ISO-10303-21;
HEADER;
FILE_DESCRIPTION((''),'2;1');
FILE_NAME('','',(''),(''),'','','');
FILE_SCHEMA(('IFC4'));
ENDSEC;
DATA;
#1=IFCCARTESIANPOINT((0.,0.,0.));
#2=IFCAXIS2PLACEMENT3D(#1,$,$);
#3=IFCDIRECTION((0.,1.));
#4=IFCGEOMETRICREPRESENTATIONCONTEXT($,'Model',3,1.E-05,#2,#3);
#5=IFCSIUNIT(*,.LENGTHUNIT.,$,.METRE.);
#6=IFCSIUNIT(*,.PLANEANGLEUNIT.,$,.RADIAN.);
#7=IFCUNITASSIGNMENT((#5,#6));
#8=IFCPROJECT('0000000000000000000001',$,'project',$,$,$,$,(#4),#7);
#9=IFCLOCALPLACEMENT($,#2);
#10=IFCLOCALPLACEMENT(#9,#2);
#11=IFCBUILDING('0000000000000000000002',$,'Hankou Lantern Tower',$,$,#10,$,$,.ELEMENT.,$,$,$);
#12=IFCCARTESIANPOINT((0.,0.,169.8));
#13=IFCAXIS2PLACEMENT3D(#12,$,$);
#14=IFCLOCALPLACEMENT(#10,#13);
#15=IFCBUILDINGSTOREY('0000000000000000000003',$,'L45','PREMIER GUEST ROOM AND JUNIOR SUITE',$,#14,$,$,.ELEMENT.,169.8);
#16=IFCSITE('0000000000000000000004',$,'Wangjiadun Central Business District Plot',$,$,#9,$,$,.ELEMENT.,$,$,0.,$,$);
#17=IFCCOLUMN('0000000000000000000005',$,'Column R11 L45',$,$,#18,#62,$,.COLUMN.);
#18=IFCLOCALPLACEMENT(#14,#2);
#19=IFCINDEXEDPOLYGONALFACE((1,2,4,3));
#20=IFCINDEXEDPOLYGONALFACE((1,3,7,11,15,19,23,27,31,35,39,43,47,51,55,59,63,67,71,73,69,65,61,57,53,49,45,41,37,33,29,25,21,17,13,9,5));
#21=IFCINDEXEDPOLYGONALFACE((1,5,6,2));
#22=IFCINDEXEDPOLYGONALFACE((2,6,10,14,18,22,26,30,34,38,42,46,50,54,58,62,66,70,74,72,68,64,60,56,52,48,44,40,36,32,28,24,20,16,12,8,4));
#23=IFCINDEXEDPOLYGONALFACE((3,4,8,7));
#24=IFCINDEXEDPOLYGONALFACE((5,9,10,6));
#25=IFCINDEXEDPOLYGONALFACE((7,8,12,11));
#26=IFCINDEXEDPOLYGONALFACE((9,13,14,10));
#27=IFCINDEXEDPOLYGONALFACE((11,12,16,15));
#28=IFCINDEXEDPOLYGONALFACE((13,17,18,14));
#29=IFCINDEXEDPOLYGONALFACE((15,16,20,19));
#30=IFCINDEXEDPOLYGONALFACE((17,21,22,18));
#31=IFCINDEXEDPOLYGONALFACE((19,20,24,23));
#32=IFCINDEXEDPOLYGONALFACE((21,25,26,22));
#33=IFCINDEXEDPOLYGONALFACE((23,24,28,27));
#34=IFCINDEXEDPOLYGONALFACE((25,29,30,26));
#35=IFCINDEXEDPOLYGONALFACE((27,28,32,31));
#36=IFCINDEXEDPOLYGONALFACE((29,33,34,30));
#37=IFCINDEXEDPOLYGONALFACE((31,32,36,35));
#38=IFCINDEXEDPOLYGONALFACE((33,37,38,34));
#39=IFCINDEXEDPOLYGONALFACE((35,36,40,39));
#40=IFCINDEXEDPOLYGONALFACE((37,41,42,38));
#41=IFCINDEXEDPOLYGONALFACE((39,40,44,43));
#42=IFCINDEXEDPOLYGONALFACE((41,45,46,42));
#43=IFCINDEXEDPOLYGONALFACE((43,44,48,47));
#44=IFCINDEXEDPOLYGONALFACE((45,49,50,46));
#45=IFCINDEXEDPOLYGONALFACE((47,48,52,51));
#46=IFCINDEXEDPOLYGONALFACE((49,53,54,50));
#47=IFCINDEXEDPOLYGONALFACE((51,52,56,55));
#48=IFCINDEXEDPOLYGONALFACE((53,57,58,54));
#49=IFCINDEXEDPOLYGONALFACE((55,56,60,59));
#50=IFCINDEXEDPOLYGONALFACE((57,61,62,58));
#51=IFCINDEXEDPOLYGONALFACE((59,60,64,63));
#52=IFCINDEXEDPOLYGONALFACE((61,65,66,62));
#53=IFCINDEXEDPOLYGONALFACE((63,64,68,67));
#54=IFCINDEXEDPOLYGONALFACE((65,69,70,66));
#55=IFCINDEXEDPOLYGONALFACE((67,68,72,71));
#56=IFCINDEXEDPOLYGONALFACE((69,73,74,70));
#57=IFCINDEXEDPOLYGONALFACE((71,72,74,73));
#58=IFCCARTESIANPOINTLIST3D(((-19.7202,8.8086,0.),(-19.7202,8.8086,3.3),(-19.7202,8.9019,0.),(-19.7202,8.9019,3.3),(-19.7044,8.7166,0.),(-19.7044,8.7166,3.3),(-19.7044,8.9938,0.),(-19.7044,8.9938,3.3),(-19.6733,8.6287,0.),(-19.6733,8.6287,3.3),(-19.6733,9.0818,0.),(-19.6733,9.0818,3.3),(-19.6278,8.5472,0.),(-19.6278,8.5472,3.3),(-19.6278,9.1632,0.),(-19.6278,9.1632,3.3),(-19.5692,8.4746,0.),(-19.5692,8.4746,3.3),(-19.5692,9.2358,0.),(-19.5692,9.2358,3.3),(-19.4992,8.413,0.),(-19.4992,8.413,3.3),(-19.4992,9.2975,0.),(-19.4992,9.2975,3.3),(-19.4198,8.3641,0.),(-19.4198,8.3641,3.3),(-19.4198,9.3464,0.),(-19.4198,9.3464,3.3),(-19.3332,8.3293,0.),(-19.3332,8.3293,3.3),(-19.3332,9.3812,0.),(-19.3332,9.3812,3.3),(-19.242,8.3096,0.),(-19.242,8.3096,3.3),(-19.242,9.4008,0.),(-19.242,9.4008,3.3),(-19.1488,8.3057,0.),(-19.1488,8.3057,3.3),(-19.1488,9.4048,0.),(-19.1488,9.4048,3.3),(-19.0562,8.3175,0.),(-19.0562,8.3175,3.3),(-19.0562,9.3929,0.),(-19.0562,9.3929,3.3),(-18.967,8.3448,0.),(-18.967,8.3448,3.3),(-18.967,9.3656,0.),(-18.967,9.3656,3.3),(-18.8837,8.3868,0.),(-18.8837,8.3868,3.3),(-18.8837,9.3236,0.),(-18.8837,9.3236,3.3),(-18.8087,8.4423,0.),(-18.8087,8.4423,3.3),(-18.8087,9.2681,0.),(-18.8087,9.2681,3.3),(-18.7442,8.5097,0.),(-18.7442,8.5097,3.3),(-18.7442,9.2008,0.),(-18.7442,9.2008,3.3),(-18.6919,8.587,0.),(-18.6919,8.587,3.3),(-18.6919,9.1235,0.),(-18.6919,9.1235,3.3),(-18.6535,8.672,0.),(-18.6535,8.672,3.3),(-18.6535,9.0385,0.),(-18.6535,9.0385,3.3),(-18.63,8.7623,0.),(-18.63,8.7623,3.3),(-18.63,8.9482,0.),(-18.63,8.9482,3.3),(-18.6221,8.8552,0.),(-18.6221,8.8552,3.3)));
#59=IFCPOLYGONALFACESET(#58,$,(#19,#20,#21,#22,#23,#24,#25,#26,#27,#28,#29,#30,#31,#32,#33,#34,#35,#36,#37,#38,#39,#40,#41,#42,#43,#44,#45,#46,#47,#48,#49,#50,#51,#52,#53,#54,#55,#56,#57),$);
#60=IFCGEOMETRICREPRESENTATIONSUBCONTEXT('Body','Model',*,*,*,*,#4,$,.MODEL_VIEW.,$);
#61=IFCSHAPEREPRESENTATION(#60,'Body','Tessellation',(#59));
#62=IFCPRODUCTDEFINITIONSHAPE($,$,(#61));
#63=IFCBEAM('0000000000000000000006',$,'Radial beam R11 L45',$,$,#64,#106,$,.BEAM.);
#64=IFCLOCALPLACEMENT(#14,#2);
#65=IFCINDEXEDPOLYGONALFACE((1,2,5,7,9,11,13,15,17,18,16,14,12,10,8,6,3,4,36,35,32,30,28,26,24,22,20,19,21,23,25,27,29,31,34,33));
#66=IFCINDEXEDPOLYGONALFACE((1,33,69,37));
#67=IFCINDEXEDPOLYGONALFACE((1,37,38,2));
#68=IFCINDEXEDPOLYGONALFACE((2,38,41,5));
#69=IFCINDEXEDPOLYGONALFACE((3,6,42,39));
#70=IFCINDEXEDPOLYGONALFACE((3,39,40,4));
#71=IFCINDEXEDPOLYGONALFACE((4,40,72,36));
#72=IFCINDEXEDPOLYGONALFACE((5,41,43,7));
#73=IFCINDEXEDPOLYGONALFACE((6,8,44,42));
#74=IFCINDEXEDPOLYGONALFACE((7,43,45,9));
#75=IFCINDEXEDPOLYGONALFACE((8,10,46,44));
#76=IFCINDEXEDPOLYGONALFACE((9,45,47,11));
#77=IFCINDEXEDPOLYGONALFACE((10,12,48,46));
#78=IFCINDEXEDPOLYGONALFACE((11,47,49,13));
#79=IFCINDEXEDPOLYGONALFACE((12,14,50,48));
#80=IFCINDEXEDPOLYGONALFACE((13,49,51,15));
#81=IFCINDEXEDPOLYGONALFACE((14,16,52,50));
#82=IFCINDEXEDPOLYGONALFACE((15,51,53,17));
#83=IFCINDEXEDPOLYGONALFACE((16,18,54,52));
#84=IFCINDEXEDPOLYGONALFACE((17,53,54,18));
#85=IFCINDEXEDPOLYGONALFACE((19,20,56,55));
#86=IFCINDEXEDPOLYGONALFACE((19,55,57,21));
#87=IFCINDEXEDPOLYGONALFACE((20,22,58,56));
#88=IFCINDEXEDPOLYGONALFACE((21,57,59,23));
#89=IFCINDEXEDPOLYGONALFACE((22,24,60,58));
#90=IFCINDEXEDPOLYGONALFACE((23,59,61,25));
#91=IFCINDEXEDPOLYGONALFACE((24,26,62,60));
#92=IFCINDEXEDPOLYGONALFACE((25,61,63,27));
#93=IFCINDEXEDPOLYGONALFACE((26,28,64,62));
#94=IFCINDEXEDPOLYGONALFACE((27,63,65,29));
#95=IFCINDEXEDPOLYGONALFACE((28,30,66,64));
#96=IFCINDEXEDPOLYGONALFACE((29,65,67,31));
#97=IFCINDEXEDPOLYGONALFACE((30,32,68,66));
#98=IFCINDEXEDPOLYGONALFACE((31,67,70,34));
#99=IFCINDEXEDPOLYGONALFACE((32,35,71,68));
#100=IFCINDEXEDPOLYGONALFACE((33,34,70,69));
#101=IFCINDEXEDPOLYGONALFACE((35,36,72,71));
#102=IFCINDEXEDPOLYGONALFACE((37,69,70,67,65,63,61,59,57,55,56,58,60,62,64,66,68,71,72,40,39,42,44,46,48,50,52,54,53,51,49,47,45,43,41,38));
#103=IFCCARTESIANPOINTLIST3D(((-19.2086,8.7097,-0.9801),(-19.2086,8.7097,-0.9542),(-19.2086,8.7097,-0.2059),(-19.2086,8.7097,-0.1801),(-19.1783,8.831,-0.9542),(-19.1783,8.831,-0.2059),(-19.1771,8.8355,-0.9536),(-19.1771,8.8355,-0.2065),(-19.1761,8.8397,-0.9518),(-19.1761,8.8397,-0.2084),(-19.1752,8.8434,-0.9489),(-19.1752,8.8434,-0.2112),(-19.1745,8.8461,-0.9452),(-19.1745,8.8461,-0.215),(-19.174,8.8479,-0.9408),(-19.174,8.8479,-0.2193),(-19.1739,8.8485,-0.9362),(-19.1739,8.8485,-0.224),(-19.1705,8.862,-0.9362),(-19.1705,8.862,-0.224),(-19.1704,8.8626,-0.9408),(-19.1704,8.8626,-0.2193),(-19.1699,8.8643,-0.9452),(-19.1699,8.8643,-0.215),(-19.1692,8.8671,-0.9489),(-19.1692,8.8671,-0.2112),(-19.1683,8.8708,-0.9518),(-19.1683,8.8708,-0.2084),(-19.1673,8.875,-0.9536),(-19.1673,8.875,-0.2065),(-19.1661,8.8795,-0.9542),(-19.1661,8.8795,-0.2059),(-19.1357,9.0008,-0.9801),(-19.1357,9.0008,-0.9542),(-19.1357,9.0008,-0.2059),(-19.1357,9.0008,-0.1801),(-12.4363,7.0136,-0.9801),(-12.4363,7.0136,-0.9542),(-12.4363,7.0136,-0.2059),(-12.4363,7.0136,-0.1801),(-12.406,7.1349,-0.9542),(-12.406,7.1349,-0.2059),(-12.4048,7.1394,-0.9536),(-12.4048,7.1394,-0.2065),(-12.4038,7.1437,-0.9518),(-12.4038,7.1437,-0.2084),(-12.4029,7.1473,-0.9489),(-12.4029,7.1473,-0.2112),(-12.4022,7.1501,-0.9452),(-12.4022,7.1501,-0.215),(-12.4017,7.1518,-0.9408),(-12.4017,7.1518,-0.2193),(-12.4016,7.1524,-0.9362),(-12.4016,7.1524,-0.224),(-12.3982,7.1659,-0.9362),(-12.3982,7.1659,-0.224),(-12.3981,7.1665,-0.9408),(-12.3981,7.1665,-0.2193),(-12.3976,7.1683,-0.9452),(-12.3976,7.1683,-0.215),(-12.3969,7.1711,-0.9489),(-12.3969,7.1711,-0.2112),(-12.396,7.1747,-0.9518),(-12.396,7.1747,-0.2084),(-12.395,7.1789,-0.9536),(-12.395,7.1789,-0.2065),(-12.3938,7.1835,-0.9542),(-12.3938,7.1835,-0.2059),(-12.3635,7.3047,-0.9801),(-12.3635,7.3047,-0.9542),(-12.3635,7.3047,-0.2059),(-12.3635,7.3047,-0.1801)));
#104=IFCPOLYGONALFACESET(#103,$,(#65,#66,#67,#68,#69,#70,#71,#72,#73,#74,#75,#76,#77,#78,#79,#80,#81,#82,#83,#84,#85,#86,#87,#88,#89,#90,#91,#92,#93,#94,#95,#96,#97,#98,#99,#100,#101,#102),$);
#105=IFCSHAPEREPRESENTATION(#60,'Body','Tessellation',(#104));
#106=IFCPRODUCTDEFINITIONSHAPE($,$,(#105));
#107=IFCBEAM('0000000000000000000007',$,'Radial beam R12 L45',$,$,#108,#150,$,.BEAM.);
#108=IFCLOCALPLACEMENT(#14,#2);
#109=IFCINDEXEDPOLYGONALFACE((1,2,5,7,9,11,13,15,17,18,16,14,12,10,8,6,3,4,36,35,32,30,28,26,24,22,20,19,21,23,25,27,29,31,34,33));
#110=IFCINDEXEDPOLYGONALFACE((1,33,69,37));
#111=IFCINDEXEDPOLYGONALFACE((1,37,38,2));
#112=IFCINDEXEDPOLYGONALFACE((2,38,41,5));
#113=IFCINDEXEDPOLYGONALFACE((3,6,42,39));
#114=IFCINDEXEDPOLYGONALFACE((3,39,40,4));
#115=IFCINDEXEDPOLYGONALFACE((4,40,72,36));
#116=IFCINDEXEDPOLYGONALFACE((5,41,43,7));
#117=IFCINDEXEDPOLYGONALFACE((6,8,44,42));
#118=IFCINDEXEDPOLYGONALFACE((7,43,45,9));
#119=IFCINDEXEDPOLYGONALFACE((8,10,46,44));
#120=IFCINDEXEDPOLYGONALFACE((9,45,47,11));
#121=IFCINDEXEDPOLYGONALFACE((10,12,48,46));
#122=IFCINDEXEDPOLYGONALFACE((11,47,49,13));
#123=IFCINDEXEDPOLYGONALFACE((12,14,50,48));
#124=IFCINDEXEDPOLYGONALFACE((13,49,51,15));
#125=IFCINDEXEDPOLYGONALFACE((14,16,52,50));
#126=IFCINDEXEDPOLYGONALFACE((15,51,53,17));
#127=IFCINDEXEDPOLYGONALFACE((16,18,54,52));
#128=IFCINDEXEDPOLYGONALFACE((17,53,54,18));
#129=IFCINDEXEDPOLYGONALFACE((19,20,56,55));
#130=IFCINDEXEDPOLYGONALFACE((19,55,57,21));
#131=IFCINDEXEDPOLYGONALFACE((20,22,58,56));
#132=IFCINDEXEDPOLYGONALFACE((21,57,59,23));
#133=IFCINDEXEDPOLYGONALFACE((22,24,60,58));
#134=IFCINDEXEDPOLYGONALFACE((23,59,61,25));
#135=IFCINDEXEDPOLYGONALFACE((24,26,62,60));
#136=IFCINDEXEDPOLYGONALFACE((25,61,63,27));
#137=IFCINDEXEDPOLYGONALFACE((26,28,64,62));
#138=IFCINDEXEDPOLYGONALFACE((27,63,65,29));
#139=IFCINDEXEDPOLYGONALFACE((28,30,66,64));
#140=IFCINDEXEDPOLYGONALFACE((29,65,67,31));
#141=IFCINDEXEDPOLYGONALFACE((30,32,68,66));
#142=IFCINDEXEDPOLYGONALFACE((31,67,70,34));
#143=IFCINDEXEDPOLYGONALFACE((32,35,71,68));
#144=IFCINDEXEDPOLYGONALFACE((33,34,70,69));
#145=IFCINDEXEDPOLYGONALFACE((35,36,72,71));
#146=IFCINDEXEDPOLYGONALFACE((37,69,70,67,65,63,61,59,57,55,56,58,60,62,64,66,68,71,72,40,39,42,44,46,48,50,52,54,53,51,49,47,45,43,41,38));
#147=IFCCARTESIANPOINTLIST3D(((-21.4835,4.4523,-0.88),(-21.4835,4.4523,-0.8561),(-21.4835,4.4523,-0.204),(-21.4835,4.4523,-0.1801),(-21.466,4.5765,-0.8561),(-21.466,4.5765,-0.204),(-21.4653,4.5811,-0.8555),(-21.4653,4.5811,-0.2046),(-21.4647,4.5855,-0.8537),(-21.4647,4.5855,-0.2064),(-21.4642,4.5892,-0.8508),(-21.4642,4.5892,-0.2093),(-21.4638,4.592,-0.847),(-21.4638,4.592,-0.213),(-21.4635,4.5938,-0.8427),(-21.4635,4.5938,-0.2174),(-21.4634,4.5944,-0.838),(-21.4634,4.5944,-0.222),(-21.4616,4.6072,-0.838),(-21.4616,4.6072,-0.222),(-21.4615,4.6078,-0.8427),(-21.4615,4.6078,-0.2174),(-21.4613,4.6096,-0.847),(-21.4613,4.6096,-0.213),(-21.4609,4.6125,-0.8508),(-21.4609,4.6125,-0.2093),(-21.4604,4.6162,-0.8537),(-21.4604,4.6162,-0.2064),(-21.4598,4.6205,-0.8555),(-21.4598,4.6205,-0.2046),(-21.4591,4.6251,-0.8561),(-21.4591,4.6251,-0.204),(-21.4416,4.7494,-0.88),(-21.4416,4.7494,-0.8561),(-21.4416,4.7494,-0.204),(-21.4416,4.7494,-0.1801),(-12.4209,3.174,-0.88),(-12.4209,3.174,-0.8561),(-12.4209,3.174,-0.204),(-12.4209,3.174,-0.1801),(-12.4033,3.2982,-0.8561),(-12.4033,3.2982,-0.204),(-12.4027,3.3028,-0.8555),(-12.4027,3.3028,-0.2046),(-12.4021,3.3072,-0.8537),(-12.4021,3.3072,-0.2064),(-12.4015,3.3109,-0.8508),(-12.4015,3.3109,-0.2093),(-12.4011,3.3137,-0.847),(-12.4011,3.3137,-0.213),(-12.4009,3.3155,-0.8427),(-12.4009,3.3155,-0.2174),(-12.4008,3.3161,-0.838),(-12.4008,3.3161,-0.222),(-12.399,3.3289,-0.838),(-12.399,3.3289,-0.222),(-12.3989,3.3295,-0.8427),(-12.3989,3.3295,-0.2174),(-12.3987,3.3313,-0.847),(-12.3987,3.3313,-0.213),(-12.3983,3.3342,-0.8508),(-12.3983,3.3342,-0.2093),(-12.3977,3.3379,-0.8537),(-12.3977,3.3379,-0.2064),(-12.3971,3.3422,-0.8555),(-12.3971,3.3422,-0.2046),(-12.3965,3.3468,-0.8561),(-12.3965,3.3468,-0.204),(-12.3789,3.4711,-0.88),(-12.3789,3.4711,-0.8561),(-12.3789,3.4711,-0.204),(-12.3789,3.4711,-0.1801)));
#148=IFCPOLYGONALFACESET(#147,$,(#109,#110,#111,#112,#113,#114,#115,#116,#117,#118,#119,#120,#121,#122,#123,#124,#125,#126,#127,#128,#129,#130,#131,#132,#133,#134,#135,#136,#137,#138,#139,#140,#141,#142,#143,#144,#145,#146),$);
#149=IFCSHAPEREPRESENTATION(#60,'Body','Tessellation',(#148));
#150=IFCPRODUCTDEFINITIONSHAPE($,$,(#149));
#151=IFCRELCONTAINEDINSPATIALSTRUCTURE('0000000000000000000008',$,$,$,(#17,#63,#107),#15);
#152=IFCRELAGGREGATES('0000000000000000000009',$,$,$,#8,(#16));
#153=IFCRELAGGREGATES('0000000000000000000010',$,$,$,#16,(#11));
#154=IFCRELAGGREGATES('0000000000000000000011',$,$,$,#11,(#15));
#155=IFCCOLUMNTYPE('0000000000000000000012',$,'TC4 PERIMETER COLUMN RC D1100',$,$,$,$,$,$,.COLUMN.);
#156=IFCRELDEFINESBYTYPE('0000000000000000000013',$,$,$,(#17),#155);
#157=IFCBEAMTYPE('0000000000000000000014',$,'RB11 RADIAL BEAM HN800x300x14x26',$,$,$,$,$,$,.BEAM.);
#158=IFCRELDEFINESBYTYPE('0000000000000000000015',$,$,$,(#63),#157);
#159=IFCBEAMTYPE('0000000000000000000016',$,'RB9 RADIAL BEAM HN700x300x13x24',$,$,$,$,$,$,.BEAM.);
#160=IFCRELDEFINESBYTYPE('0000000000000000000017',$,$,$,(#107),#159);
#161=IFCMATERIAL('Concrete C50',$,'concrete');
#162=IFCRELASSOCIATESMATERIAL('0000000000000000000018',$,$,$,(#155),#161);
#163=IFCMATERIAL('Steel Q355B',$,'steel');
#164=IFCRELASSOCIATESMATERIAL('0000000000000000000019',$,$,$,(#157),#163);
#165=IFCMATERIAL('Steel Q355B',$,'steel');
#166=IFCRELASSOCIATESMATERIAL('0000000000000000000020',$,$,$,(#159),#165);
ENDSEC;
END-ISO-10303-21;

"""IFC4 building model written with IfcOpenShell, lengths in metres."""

from ifc_helpers import new_model, si_unit, direction, frame, origin, origin_2d, place, context, subcontext, project, spatial, circle, i_section, extrude, material, material_profile, profile_set, type_object, element, save


model = new_model("IFC4")

# Units and contexts
model_context = context("Model", 3, precision=1e-05, world=origin(), true_north=direction((0.0, 1.0)))
body_context = subcontext(model_context, "Body", "Model", "MODEL_VIEW")
ifc_project = project(units=[si_unit("LENGTHUNIT", "METRE"), si_unit("PLANEANGLEUNIT", "RADIAN")], contexts=[model_context])

# Site, building, storey
site_placement = place(None, origin())
site = spatial("IfcSite", under=ifc_project, at=site_placement, Name="Wangjiadun Central Business District Plot", CompositionType="ELEMENT", RefElevation=0.0)
building_placement = place(site_placement, origin())
building = spatial("IfcBuilding", under=site, at=building_placement, Name="Hankou Lantern Tower", CompositionType="ELEMENT")
storey_placement = place(building_placement, frame((0.0, 0.0, 169.8)))
storey = spatial("IfcBuildingStorey", under=building, at=storey_placement, Name="L45", Description="PREMIER GUEST ROOM AND JUNIOR SUITE", CompositionType="ELEMENT", Elevation=169.8)

# Column
ifc_material_1 = material(Name="Concrete C50", Category="concrete")
ifc_material_profile_1 = material_profile(ifc_material_1, circle(Radius=0.55, at=origin_2d()), Name="RC D1100")
ifc_profile_set_1 = profile_set([ifc_material_profile_1], Name="Concrete C50")
column_type = type_object("IfcColumnType", Name="TC4 PERIMETER COLUMN RC D1100", PredefinedType="COLUMN", material=ifc_profile_set_1)
column_placement = place(storey_placement, frame((-19.1721, 8.8552, 0.0), z_axis=(0.0, 0.0, 1.0), x_axis=(1.0, 0.0, 0.0)))
element("IfcColumn", 1, at=column_placement, inside=storey, type_object=column_type, Name="Column R11 L45", PredefinedType="COLUMN", context=body_context, shape_type="SweptSolid", body=[
    extrude(circle(Radius=0.55, at=origin_2d()), origin(), (0.0, 0.0, 1.0), 3.3),
])

# Beams
ifc_material_2 = material(Name="Steel Q355B", Category="steel")
ifc_material_profile_2 = material_profile(ifc_material_2, i_section(OverallWidth=0.3, OverallDepth=0.8, WebThickness=0.0139, FlangeThickness=0.0259, FilletRadius=0.0181, at=origin_2d()), Name="HN800x300x14x26")
ifc_profile_set_2 = profile_set([ifc_material_profile_2], Name="Steel Q355B")
beam_type_1 = type_object("IfcBeamType", Name="RB11 RADIAL BEAM HN800x300x14x26", PredefinedType="BEAM", material=ifc_profile_set_2)
beam_1_placement = place(storey_placement, frame((-12.3999, 7.1592, -0.5801), z_axis=(-0.970042, 0.242939, 0.0), x_axis=(-0.242939, -0.970042, 0.0)))
element("IfcBeam", 2, at=beam_1_placement, inside=storey, type_object=beam_type_1, Name="Radial beam R11 L45", PredefinedType="BEAM", context=body_context, shape_type="SweptSolid", body=[
    extrude(i_section(OverallWidth=0.3, OverallDepth=0.8, WebThickness=0.0139, FlangeThickness=0.0259, FilletRadius=0.0181, at=origin_2d()), origin(), (0.0, 0.0, 1.0), 6.9814),
])
ifc_material_3 = material(Name="Steel Q355B", Category="steel")
ifc_material_profile_3 = material_profile(ifc_material_3, i_section(OverallWidth=0.3, OverallDepth=0.7, WebThickness=0.0129, FlangeThickness=0.0239, FilletRadius=0.0181, at=origin_2d()), Name="HN700x300x13x24")
ifc_profile_set_3 = profile_set([ifc_material_profile_3], Name="Steel Q355B")
beam_type_2 = type_object("IfcBeamType", Name="RB9 RADIAL BEAM HN700x300x13x24", PredefinedType="BEAM", material=ifc_profile_set_3)
beam_2_placement = place(storey_placement, frame((-12.3999, 3.3225, -0.53), z_axis=(-0.990198, 0.13967, 0.0), x_axis=(-0.13967, -0.990198, 0.0)))
element("IfcBeam", 3, at=beam_2_placement, inside=storey, type_object=beam_type_2, Name="Radial beam R12 L45", PredefinedType="BEAM", context=body_context, shape_type="SweptSolid", body=[
    extrude(i_section(OverallWidth=0.3, OverallDepth=0.7, WebThickness=0.0129, FlangeThickness=0.0239, FilletRadius=0.0181, at=origin_2d()), origin(), (0.0, 0.0, 1.0), 9.1523),
])

save(model, "model.ifc")
